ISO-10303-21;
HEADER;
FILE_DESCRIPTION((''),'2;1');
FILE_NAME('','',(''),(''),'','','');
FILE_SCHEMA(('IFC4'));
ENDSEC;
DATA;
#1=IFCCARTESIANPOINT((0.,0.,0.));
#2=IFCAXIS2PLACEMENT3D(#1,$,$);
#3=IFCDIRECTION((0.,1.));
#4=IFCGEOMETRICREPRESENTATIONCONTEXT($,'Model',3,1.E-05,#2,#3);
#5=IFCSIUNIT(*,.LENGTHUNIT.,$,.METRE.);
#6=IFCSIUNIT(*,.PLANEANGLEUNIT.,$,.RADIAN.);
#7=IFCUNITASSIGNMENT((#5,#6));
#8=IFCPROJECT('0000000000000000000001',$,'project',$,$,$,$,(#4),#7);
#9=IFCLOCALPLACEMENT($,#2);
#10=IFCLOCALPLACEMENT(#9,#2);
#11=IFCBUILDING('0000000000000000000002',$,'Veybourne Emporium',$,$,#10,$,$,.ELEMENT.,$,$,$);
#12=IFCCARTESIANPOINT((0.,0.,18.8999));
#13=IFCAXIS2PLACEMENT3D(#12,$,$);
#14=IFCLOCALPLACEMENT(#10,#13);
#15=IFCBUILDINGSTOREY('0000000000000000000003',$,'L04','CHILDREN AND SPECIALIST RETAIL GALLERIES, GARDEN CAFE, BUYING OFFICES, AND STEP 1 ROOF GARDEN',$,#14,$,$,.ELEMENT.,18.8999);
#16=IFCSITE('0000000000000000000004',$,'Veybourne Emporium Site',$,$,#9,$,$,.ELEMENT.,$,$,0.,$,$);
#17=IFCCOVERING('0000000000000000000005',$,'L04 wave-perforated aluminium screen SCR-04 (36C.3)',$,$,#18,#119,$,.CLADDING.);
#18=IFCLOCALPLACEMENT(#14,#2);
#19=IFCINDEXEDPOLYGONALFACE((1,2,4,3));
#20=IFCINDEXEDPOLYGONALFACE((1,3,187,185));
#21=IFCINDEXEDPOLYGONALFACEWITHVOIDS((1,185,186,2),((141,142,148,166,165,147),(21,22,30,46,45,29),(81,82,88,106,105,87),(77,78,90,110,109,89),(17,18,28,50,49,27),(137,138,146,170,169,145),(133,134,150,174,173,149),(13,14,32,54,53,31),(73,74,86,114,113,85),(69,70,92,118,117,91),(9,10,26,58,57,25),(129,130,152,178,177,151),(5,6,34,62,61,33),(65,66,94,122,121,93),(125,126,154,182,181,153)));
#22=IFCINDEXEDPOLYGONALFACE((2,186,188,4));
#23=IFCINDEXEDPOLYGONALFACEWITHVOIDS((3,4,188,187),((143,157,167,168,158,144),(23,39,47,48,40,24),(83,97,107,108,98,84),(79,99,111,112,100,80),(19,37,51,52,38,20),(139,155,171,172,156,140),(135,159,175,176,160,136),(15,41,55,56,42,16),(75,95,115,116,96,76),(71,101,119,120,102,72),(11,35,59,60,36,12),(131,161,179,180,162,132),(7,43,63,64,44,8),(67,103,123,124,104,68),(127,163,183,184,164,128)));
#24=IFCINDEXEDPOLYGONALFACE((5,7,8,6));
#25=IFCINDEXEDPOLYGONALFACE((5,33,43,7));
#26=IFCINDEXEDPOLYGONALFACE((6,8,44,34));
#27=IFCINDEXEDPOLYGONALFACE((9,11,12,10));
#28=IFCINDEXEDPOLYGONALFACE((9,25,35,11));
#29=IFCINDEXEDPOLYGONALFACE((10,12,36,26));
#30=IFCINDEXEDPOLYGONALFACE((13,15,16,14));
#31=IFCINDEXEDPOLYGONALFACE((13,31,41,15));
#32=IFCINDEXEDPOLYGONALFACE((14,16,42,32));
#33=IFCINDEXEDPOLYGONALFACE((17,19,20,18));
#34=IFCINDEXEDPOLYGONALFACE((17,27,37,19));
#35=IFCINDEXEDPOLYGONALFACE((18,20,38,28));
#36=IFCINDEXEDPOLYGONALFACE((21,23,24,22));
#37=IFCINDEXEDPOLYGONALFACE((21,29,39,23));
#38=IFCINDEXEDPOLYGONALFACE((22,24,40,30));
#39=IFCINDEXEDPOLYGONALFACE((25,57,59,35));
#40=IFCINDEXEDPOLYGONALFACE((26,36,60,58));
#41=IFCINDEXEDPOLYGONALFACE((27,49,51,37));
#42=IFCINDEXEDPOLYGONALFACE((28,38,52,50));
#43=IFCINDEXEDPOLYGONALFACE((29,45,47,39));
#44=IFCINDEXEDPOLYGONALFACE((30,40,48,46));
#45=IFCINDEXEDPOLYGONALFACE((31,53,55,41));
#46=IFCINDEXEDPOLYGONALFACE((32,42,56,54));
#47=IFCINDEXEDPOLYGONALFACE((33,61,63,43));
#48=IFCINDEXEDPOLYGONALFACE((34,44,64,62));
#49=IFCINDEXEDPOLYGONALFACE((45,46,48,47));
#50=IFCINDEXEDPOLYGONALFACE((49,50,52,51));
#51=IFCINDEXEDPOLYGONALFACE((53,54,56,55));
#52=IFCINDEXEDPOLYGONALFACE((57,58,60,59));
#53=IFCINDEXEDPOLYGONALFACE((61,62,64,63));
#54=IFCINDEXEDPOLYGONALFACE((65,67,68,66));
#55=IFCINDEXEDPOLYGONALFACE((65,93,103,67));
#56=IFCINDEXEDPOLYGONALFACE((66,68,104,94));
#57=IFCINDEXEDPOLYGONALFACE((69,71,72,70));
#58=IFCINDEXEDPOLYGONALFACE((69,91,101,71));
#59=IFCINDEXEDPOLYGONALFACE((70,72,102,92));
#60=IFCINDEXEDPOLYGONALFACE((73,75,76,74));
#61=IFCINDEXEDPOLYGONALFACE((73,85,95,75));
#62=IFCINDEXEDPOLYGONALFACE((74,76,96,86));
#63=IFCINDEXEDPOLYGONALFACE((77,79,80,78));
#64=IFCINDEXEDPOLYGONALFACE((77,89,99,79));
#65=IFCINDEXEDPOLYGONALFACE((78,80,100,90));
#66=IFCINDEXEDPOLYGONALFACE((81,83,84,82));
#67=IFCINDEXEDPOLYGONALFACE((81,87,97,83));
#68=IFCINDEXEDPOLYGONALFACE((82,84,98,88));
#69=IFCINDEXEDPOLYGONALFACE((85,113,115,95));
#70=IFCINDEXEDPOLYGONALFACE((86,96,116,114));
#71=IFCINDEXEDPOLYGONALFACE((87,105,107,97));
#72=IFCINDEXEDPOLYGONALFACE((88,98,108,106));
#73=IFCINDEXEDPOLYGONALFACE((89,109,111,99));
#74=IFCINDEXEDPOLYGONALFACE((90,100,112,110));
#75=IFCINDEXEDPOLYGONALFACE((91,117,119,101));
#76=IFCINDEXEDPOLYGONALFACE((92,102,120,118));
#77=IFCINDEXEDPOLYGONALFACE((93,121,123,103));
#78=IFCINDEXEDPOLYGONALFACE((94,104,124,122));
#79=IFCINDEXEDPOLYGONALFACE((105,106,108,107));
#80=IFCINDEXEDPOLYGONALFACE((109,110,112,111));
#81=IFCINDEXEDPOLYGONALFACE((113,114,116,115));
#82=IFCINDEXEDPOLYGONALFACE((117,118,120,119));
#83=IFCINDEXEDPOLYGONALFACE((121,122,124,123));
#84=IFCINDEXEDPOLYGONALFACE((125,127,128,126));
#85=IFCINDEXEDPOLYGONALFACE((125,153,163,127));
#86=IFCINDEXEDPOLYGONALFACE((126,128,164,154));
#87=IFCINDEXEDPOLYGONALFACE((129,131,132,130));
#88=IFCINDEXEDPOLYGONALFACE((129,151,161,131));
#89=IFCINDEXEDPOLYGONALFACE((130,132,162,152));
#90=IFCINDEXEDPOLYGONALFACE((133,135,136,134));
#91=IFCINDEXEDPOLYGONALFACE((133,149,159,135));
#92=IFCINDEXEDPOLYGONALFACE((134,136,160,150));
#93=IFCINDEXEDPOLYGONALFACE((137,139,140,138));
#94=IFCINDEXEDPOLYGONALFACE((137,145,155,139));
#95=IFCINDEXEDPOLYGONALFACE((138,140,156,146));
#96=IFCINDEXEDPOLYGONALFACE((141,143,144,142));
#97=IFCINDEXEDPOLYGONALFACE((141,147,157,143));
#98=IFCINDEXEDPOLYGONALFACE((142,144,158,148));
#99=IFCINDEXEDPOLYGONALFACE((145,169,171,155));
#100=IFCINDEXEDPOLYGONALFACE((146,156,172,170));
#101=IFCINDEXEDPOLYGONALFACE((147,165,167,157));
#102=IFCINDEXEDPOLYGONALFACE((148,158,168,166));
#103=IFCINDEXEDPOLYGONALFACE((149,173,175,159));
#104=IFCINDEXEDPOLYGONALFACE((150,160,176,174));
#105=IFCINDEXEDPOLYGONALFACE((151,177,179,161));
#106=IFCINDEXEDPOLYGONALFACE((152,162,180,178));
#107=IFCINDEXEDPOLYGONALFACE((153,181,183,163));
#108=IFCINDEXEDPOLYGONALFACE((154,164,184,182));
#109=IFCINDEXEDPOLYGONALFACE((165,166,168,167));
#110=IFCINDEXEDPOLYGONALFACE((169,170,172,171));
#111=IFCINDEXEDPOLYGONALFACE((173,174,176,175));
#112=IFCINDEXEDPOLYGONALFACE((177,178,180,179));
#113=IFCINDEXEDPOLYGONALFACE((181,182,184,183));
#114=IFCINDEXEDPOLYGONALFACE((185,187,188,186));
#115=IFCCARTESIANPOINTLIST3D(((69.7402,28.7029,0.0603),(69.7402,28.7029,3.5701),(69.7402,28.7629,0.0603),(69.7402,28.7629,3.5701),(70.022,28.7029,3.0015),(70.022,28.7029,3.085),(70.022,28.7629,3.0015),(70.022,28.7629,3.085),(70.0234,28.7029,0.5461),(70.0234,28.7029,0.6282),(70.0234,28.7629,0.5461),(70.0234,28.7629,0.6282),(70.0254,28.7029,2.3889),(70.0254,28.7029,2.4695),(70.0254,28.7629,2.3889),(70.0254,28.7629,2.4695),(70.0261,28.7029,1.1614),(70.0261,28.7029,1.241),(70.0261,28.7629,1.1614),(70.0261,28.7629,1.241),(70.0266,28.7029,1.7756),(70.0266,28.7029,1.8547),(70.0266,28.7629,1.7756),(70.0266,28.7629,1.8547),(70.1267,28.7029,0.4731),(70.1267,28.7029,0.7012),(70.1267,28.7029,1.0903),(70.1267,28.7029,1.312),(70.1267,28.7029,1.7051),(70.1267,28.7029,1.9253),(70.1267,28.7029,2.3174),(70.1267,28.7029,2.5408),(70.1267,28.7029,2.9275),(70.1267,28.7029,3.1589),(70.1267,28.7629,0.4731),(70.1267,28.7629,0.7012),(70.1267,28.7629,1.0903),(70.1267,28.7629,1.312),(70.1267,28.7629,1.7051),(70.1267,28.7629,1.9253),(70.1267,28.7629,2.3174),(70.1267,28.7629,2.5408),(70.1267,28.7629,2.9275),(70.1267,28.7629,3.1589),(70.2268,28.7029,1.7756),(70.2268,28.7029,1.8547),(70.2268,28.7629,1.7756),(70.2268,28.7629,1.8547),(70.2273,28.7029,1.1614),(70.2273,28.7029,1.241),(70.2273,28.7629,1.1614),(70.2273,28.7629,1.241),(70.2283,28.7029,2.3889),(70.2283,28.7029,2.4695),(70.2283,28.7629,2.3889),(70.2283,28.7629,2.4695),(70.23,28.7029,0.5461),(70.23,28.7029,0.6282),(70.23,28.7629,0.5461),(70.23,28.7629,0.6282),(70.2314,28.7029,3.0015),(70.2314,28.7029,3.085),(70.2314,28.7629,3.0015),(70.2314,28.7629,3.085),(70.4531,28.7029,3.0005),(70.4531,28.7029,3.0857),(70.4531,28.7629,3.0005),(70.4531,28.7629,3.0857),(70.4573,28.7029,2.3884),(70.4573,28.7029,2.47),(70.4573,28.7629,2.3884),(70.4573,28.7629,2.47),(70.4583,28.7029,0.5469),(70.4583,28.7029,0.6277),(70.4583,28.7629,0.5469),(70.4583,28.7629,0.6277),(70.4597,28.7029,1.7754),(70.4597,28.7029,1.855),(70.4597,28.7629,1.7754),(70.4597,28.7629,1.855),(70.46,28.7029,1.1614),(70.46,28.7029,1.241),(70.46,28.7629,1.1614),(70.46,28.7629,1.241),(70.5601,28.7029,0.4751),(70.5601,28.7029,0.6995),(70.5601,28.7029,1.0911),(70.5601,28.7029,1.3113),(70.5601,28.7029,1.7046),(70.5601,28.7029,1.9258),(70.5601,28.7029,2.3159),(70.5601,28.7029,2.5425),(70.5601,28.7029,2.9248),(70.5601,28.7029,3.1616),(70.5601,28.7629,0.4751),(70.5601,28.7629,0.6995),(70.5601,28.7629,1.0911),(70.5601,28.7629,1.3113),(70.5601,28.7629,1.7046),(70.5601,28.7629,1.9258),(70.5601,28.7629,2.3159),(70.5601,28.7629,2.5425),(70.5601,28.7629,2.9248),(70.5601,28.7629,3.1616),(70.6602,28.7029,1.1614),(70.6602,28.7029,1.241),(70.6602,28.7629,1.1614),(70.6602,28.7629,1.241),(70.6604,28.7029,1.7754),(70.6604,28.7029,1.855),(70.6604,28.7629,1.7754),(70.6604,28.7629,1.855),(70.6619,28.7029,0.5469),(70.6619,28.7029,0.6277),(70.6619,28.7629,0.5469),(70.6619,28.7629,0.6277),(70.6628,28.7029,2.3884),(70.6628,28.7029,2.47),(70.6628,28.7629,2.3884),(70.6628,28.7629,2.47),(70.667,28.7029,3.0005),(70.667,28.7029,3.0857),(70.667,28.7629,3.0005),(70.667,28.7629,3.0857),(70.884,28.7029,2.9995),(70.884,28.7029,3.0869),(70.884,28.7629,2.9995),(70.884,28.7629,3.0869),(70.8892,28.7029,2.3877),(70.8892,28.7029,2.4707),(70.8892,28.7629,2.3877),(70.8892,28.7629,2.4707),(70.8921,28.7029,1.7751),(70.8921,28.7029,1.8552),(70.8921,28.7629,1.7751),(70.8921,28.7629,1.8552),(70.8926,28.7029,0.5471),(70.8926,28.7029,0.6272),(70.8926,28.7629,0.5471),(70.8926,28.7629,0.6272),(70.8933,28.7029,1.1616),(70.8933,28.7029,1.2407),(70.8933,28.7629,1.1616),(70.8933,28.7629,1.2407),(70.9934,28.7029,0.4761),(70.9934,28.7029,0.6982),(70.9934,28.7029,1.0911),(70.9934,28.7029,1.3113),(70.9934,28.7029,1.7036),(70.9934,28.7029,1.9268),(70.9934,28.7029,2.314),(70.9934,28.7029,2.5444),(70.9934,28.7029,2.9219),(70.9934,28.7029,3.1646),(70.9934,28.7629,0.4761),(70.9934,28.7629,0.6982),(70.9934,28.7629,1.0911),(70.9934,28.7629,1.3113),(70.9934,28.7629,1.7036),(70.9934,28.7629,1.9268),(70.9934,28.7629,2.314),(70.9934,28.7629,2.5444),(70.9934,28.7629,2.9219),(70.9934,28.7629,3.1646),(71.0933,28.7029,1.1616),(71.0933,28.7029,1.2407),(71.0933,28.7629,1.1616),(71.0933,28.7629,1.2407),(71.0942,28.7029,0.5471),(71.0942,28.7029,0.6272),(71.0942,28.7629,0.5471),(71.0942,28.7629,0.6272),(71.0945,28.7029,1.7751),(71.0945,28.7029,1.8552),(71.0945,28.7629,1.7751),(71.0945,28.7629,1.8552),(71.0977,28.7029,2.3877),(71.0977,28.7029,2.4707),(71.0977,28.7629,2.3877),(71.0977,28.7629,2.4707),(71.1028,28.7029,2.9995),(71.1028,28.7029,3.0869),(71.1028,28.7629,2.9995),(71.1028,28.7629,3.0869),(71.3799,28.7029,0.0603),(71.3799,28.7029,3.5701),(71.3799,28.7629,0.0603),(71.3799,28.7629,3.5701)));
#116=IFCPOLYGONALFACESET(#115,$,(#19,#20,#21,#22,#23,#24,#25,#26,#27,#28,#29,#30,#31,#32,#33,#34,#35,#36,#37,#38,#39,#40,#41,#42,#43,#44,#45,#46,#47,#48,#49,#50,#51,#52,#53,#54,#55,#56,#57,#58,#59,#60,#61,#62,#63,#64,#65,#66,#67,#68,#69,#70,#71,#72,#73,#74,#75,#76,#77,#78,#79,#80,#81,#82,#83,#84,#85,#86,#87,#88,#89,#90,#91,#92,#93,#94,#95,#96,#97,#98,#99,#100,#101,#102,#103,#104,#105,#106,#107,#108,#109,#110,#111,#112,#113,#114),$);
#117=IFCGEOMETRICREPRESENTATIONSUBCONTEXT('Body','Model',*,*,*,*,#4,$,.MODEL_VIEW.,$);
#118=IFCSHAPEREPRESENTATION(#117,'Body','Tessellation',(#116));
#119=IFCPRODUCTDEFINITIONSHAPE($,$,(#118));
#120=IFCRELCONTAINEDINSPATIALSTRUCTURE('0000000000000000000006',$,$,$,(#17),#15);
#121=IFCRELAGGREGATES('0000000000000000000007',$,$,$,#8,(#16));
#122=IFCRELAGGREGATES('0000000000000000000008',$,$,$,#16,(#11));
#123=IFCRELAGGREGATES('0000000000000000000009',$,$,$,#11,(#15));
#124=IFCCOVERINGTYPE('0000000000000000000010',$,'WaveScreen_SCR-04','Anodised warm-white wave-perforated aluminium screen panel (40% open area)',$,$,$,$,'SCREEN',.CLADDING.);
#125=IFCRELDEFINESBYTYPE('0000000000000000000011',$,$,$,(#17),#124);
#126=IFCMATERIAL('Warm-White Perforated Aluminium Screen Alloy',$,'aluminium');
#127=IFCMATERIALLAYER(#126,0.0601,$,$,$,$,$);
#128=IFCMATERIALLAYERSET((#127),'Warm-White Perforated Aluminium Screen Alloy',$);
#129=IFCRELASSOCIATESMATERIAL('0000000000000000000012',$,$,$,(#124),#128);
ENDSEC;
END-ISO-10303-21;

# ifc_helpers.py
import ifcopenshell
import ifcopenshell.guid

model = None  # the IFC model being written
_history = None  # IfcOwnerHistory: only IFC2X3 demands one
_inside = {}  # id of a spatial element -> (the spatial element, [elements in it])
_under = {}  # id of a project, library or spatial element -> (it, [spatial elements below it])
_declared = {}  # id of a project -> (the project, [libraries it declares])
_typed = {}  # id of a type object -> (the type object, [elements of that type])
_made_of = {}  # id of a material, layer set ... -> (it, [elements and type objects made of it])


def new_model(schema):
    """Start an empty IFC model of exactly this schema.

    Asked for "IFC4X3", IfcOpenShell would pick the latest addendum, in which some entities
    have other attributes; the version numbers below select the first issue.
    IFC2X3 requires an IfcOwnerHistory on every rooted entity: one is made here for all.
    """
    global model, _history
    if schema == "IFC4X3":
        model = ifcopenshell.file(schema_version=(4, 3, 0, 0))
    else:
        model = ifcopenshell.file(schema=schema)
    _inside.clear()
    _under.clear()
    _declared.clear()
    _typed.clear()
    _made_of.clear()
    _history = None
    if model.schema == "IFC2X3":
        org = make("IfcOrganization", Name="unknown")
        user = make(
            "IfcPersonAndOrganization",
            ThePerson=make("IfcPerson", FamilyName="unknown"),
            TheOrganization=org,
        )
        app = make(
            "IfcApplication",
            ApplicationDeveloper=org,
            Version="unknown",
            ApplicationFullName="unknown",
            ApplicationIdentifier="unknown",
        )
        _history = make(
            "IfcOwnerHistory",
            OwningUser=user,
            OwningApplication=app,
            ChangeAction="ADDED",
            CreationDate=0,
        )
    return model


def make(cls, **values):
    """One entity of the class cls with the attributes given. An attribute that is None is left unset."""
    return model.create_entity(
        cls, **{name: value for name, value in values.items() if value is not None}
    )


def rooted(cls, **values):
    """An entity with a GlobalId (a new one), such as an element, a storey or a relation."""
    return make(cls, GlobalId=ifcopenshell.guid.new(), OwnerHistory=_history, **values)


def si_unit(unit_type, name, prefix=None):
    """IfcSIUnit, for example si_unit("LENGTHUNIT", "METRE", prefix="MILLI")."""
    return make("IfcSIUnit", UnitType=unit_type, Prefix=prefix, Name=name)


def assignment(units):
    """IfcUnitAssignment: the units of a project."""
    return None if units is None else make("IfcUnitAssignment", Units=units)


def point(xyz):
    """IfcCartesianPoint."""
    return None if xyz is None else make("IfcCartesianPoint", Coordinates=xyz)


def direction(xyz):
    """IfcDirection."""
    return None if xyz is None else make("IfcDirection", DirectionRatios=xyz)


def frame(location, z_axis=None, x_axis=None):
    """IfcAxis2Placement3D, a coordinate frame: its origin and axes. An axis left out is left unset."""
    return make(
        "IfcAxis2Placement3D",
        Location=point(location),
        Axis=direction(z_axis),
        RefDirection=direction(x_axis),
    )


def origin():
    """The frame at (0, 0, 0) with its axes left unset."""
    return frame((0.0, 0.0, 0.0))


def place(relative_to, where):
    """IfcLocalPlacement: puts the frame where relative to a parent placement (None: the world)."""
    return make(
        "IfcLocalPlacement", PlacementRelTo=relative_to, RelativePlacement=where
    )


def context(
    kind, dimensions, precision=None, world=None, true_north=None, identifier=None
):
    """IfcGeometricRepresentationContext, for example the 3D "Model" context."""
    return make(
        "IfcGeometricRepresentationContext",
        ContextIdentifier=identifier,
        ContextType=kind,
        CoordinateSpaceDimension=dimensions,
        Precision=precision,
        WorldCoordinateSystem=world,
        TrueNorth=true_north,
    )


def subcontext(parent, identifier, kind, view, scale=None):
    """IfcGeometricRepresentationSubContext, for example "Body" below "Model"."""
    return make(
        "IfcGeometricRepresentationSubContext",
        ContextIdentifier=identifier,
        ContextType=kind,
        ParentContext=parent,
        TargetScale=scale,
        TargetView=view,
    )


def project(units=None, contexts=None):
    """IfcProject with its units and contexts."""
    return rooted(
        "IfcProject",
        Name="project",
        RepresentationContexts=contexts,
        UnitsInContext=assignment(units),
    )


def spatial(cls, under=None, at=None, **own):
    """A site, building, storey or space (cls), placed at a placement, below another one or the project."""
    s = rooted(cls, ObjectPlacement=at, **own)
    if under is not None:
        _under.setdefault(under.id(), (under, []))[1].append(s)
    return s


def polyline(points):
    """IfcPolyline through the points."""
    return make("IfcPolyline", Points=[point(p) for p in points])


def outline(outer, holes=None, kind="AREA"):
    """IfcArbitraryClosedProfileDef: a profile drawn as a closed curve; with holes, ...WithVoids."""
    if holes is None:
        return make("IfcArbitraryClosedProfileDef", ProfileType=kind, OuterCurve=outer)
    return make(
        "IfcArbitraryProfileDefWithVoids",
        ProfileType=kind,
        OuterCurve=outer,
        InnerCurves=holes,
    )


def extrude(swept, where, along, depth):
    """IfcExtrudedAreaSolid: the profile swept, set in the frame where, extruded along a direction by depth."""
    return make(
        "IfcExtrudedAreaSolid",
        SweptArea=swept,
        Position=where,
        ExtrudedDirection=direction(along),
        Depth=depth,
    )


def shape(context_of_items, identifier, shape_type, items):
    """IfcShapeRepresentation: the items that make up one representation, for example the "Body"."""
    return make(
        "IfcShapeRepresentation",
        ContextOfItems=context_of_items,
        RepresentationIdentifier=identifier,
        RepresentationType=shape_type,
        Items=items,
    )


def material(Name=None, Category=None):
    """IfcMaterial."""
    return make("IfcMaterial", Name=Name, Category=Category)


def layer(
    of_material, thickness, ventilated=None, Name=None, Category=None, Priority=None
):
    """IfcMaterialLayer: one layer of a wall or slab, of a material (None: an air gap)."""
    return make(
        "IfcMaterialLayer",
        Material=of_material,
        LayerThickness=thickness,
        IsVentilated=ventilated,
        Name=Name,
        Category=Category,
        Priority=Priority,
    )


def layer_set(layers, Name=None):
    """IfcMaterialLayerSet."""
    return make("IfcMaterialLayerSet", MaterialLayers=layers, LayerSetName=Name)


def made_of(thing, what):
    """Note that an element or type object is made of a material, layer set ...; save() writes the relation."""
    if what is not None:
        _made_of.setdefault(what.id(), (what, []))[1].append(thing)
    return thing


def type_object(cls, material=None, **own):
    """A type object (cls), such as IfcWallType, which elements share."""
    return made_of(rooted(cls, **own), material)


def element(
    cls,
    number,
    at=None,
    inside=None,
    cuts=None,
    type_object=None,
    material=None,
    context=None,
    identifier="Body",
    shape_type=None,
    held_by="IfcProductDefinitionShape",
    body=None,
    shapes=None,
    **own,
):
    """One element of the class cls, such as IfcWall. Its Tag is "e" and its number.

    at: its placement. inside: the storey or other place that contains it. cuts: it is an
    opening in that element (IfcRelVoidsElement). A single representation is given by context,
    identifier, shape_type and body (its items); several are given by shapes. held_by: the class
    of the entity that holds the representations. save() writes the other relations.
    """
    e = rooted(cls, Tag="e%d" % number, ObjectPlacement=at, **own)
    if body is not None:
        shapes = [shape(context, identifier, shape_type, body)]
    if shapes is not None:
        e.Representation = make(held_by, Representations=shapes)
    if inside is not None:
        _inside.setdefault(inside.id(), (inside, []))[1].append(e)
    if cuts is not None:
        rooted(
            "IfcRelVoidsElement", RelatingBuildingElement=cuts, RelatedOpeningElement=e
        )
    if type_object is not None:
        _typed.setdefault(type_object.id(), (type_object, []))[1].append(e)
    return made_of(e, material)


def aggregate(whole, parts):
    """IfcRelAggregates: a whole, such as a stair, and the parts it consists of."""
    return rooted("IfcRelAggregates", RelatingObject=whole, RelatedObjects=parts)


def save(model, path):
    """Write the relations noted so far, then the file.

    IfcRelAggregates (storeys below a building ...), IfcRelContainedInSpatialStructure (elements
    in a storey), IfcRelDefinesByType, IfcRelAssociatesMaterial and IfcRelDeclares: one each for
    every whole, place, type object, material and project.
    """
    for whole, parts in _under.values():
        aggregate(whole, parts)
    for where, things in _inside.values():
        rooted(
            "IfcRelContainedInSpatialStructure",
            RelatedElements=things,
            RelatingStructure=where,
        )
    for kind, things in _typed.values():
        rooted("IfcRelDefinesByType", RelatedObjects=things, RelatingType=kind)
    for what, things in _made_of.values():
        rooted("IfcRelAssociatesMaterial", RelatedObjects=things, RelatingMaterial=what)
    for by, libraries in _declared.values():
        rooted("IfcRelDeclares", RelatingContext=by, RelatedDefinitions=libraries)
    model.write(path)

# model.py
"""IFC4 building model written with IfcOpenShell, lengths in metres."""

from ifc_helpers import new_model, si_unit, direction, frame, origin, place, context, subcontext, project, spatial, polyline, outline, extrude, material, layer, layer_set, type_object, element, save


model = new_model("IFC4")

# Units and contexts
model_context = context("Model", 3, precision=1e-05, world=origin(), true_north=direction((0.0, 1.0)))
body_context = subcontext(model_context, "Body", "Model", "MODEL_VIEW")
ifc_project = project(units=[si_unit("LENGTHUNIT", "METRE"), si_unit("PLANEANGLEUNIT", "RADIAN")], contexts=[model_context])

# Site, building, storey
site_placement = place(None, origin())
site = spatial("IfcSite", under=ifc_project, at=site_placement, Name="Veybourne Emporium Site", CompositionType="ELEMENT", RefElevation=0.0)
building_placement = place(site_placement, origin())
building = spatial("IfcBuilding", under=site, at=building_placement, Name="Veybourne Emporium", CompositionType="ELEMENT")
storey_placement = place(building_placement, frame((0.0, 0.0, 18.8999)))
storey = spatial("IfcBuildingStorey", under=building, at=storey_placement, Name="L04", Description="CHILDREN AND SPECIALIST RETAIL GALLERIES, GARDEN CAFE, BUYING OFFICES, AND STEP 1 ROOF GARDEN", CompositionType="ELEMENT", Elevation=18.8999)

# Covering
ifc_material_1 = material(Name="Warm-White Perforated Aluminium Screen Alloy", Category="aluminium")
ifc_layer_1 = layer(ifc_material_1, 0.0601)
ifc_layer_set_1 = layer_set([ifc_layer_1], Name="Warm-White Perforated Aluminium Screen Alloy")
covering_type_1 = type_object("IfcCoveringType", Name="WaveScreen_SCR-04", Description="Anodised warm-white wave-perforated aluminium screen panel (40% open area)", ElementType="SCREEN", PredefinedType="CLADDING", material=ifc_layer_set_1)
covering_1_placement = place(storey_placement, frame((70.5601, 28.7029, 1.8152), z_axis=(0.0, 1.0, 0.0), x_axis=(-1.0, 0.0, 0.0)))
element("IfcCovering", 1, at=covering_1_placement, inside=storey, type_object=covering_type_1, Name="L04 wave-perforated aluminium screen SCR-04 (36C.3)", PredefinedType="CLADDING", context=body_context, shape_type="SweptSolid", body=[
    extrude(outline(polyline([(-0.8198, -1.7549), (0.8198, -1.7549), (0.8198, 1.7549), (-0.8198, 1.7549), (-0.8198, -1.7549)]), holes=[polyline([(-0.4333, -1.1169), (-0.3325, -1.188), (-0.3325, -1.2681), (-0.4333, -1.3391), (-0.5342, -1.2681), (-0.5342, -1.188), (-0.4333, -1.1169)]), polyline([(-0.4333, -0.5039), (-0.3333, -0.5745), (-0.3333, -0.6536), (-0.4333, -0.7241), (-0.5332, -0.6536), (-0.5332, -0.5745), (-0.4333, -0.5039)]), polyline([(-0.4333, 0.1116), (-0.332, 0.04), (-0.332, -0.04), (-0.4333, -0.1116), (-0.5344, -0.04), (-0.5344, 0.04), (-0.4333, 0.1116)]), polyline([(-0.4333, 0.7292), (-0.3291, 0.6555), (-0.3291, 0.5725), (-0.4333, 0.4988), (-0.5376, 0.5725), (-0.5376, 0.6555), (-0.4333, 0.7292)]), polyline([(-0.4333, 1.3494), (-0.324, 1.2717), (-0.324, 1.1843), (-0.4333, 1.1067), (-0.5427, 1.1843), (-0.5427, 1.2717), (-0.4333, 1.3494)]), polyline([(0.0, -1.1157), (0.1018, -1.1875), (0.1018, -1.2683), (0.0, -1.3401), (-0.1018, -1.2683), (-0.1018, -1.1875), (0.0, -1.1157)]), polyline([(0.0, -0.5039), (0.1001, -0.5742), (0.1001, -0.6538), (0.0, -0.7241), (-0.1001, -0.6538), (-0.1001, -0.5742), (0.0, -0.5039)]), polyline([(0.0, 0.1106), (0.1003, 0.0398), (0.1003, -0.0398), (0.0, -0.1106), (-0.1003, -0.0398), (-0.1003, 0.0398), (0.0, 0.1106)]), polyline([(0.0, 0.7273), (0.1028, 0.6548), (0.1028, 0.5732), (0.0, 0.5007), (-0.1028, 0.5732), (-0.1028, 0.6548), (0.0, 0.7273)]), polyline([(0.0, 1.3464), (0.1069, 1.2705), (0.1069, 1.1853), (0.0, 1.1096), (-0.1069, 1.1853), (-0.1069, 1.2705), (0.0, 1.3464)]), polyline([(0.4333, -1.114), (0.5366, -1.187), (0.5366, -1.269), (0.4333, -1.342), (0.3301, -1.269), (0.3301, -1.187), (0.4333, -1.114)]), polyline([(0.4333, -0.5032), (0.5339, -0.5742), (0.5339, -0.6538), (0.4333, -0.7249), (0.3328, -0.6538), (0.3328, -0.5742), (0.4333, -0.5032)]), polyline([(0.4333, 0.1101), (0.5334, 0.0396), (0.5334, -0.0396), (0.4333, -0.1101), (0.3333, -0.0396), (0.3333, 0.0396), (0.4333, 0.1101)]), polyline([(0.4333, 0.7256), (0.5347, 0.6543), (0.5347, 0.5737), (0.4333, 0.5022), (0.3318, 0.5737), (0.3318, 0.6543), (0.4333, 0.7256)]), polyline([(0.4333, 1.3438), (0.5381, 1.2698), (0.5381, 1.1863), (0.4333, 1.1123), (0.3286, 1.1863), (0.3286, 1.2698), (0.4333, 1.3438)])]), origin(), (0.0, 0.0, 1.0), 0.0601),
])

save(model, "model.ifc")
